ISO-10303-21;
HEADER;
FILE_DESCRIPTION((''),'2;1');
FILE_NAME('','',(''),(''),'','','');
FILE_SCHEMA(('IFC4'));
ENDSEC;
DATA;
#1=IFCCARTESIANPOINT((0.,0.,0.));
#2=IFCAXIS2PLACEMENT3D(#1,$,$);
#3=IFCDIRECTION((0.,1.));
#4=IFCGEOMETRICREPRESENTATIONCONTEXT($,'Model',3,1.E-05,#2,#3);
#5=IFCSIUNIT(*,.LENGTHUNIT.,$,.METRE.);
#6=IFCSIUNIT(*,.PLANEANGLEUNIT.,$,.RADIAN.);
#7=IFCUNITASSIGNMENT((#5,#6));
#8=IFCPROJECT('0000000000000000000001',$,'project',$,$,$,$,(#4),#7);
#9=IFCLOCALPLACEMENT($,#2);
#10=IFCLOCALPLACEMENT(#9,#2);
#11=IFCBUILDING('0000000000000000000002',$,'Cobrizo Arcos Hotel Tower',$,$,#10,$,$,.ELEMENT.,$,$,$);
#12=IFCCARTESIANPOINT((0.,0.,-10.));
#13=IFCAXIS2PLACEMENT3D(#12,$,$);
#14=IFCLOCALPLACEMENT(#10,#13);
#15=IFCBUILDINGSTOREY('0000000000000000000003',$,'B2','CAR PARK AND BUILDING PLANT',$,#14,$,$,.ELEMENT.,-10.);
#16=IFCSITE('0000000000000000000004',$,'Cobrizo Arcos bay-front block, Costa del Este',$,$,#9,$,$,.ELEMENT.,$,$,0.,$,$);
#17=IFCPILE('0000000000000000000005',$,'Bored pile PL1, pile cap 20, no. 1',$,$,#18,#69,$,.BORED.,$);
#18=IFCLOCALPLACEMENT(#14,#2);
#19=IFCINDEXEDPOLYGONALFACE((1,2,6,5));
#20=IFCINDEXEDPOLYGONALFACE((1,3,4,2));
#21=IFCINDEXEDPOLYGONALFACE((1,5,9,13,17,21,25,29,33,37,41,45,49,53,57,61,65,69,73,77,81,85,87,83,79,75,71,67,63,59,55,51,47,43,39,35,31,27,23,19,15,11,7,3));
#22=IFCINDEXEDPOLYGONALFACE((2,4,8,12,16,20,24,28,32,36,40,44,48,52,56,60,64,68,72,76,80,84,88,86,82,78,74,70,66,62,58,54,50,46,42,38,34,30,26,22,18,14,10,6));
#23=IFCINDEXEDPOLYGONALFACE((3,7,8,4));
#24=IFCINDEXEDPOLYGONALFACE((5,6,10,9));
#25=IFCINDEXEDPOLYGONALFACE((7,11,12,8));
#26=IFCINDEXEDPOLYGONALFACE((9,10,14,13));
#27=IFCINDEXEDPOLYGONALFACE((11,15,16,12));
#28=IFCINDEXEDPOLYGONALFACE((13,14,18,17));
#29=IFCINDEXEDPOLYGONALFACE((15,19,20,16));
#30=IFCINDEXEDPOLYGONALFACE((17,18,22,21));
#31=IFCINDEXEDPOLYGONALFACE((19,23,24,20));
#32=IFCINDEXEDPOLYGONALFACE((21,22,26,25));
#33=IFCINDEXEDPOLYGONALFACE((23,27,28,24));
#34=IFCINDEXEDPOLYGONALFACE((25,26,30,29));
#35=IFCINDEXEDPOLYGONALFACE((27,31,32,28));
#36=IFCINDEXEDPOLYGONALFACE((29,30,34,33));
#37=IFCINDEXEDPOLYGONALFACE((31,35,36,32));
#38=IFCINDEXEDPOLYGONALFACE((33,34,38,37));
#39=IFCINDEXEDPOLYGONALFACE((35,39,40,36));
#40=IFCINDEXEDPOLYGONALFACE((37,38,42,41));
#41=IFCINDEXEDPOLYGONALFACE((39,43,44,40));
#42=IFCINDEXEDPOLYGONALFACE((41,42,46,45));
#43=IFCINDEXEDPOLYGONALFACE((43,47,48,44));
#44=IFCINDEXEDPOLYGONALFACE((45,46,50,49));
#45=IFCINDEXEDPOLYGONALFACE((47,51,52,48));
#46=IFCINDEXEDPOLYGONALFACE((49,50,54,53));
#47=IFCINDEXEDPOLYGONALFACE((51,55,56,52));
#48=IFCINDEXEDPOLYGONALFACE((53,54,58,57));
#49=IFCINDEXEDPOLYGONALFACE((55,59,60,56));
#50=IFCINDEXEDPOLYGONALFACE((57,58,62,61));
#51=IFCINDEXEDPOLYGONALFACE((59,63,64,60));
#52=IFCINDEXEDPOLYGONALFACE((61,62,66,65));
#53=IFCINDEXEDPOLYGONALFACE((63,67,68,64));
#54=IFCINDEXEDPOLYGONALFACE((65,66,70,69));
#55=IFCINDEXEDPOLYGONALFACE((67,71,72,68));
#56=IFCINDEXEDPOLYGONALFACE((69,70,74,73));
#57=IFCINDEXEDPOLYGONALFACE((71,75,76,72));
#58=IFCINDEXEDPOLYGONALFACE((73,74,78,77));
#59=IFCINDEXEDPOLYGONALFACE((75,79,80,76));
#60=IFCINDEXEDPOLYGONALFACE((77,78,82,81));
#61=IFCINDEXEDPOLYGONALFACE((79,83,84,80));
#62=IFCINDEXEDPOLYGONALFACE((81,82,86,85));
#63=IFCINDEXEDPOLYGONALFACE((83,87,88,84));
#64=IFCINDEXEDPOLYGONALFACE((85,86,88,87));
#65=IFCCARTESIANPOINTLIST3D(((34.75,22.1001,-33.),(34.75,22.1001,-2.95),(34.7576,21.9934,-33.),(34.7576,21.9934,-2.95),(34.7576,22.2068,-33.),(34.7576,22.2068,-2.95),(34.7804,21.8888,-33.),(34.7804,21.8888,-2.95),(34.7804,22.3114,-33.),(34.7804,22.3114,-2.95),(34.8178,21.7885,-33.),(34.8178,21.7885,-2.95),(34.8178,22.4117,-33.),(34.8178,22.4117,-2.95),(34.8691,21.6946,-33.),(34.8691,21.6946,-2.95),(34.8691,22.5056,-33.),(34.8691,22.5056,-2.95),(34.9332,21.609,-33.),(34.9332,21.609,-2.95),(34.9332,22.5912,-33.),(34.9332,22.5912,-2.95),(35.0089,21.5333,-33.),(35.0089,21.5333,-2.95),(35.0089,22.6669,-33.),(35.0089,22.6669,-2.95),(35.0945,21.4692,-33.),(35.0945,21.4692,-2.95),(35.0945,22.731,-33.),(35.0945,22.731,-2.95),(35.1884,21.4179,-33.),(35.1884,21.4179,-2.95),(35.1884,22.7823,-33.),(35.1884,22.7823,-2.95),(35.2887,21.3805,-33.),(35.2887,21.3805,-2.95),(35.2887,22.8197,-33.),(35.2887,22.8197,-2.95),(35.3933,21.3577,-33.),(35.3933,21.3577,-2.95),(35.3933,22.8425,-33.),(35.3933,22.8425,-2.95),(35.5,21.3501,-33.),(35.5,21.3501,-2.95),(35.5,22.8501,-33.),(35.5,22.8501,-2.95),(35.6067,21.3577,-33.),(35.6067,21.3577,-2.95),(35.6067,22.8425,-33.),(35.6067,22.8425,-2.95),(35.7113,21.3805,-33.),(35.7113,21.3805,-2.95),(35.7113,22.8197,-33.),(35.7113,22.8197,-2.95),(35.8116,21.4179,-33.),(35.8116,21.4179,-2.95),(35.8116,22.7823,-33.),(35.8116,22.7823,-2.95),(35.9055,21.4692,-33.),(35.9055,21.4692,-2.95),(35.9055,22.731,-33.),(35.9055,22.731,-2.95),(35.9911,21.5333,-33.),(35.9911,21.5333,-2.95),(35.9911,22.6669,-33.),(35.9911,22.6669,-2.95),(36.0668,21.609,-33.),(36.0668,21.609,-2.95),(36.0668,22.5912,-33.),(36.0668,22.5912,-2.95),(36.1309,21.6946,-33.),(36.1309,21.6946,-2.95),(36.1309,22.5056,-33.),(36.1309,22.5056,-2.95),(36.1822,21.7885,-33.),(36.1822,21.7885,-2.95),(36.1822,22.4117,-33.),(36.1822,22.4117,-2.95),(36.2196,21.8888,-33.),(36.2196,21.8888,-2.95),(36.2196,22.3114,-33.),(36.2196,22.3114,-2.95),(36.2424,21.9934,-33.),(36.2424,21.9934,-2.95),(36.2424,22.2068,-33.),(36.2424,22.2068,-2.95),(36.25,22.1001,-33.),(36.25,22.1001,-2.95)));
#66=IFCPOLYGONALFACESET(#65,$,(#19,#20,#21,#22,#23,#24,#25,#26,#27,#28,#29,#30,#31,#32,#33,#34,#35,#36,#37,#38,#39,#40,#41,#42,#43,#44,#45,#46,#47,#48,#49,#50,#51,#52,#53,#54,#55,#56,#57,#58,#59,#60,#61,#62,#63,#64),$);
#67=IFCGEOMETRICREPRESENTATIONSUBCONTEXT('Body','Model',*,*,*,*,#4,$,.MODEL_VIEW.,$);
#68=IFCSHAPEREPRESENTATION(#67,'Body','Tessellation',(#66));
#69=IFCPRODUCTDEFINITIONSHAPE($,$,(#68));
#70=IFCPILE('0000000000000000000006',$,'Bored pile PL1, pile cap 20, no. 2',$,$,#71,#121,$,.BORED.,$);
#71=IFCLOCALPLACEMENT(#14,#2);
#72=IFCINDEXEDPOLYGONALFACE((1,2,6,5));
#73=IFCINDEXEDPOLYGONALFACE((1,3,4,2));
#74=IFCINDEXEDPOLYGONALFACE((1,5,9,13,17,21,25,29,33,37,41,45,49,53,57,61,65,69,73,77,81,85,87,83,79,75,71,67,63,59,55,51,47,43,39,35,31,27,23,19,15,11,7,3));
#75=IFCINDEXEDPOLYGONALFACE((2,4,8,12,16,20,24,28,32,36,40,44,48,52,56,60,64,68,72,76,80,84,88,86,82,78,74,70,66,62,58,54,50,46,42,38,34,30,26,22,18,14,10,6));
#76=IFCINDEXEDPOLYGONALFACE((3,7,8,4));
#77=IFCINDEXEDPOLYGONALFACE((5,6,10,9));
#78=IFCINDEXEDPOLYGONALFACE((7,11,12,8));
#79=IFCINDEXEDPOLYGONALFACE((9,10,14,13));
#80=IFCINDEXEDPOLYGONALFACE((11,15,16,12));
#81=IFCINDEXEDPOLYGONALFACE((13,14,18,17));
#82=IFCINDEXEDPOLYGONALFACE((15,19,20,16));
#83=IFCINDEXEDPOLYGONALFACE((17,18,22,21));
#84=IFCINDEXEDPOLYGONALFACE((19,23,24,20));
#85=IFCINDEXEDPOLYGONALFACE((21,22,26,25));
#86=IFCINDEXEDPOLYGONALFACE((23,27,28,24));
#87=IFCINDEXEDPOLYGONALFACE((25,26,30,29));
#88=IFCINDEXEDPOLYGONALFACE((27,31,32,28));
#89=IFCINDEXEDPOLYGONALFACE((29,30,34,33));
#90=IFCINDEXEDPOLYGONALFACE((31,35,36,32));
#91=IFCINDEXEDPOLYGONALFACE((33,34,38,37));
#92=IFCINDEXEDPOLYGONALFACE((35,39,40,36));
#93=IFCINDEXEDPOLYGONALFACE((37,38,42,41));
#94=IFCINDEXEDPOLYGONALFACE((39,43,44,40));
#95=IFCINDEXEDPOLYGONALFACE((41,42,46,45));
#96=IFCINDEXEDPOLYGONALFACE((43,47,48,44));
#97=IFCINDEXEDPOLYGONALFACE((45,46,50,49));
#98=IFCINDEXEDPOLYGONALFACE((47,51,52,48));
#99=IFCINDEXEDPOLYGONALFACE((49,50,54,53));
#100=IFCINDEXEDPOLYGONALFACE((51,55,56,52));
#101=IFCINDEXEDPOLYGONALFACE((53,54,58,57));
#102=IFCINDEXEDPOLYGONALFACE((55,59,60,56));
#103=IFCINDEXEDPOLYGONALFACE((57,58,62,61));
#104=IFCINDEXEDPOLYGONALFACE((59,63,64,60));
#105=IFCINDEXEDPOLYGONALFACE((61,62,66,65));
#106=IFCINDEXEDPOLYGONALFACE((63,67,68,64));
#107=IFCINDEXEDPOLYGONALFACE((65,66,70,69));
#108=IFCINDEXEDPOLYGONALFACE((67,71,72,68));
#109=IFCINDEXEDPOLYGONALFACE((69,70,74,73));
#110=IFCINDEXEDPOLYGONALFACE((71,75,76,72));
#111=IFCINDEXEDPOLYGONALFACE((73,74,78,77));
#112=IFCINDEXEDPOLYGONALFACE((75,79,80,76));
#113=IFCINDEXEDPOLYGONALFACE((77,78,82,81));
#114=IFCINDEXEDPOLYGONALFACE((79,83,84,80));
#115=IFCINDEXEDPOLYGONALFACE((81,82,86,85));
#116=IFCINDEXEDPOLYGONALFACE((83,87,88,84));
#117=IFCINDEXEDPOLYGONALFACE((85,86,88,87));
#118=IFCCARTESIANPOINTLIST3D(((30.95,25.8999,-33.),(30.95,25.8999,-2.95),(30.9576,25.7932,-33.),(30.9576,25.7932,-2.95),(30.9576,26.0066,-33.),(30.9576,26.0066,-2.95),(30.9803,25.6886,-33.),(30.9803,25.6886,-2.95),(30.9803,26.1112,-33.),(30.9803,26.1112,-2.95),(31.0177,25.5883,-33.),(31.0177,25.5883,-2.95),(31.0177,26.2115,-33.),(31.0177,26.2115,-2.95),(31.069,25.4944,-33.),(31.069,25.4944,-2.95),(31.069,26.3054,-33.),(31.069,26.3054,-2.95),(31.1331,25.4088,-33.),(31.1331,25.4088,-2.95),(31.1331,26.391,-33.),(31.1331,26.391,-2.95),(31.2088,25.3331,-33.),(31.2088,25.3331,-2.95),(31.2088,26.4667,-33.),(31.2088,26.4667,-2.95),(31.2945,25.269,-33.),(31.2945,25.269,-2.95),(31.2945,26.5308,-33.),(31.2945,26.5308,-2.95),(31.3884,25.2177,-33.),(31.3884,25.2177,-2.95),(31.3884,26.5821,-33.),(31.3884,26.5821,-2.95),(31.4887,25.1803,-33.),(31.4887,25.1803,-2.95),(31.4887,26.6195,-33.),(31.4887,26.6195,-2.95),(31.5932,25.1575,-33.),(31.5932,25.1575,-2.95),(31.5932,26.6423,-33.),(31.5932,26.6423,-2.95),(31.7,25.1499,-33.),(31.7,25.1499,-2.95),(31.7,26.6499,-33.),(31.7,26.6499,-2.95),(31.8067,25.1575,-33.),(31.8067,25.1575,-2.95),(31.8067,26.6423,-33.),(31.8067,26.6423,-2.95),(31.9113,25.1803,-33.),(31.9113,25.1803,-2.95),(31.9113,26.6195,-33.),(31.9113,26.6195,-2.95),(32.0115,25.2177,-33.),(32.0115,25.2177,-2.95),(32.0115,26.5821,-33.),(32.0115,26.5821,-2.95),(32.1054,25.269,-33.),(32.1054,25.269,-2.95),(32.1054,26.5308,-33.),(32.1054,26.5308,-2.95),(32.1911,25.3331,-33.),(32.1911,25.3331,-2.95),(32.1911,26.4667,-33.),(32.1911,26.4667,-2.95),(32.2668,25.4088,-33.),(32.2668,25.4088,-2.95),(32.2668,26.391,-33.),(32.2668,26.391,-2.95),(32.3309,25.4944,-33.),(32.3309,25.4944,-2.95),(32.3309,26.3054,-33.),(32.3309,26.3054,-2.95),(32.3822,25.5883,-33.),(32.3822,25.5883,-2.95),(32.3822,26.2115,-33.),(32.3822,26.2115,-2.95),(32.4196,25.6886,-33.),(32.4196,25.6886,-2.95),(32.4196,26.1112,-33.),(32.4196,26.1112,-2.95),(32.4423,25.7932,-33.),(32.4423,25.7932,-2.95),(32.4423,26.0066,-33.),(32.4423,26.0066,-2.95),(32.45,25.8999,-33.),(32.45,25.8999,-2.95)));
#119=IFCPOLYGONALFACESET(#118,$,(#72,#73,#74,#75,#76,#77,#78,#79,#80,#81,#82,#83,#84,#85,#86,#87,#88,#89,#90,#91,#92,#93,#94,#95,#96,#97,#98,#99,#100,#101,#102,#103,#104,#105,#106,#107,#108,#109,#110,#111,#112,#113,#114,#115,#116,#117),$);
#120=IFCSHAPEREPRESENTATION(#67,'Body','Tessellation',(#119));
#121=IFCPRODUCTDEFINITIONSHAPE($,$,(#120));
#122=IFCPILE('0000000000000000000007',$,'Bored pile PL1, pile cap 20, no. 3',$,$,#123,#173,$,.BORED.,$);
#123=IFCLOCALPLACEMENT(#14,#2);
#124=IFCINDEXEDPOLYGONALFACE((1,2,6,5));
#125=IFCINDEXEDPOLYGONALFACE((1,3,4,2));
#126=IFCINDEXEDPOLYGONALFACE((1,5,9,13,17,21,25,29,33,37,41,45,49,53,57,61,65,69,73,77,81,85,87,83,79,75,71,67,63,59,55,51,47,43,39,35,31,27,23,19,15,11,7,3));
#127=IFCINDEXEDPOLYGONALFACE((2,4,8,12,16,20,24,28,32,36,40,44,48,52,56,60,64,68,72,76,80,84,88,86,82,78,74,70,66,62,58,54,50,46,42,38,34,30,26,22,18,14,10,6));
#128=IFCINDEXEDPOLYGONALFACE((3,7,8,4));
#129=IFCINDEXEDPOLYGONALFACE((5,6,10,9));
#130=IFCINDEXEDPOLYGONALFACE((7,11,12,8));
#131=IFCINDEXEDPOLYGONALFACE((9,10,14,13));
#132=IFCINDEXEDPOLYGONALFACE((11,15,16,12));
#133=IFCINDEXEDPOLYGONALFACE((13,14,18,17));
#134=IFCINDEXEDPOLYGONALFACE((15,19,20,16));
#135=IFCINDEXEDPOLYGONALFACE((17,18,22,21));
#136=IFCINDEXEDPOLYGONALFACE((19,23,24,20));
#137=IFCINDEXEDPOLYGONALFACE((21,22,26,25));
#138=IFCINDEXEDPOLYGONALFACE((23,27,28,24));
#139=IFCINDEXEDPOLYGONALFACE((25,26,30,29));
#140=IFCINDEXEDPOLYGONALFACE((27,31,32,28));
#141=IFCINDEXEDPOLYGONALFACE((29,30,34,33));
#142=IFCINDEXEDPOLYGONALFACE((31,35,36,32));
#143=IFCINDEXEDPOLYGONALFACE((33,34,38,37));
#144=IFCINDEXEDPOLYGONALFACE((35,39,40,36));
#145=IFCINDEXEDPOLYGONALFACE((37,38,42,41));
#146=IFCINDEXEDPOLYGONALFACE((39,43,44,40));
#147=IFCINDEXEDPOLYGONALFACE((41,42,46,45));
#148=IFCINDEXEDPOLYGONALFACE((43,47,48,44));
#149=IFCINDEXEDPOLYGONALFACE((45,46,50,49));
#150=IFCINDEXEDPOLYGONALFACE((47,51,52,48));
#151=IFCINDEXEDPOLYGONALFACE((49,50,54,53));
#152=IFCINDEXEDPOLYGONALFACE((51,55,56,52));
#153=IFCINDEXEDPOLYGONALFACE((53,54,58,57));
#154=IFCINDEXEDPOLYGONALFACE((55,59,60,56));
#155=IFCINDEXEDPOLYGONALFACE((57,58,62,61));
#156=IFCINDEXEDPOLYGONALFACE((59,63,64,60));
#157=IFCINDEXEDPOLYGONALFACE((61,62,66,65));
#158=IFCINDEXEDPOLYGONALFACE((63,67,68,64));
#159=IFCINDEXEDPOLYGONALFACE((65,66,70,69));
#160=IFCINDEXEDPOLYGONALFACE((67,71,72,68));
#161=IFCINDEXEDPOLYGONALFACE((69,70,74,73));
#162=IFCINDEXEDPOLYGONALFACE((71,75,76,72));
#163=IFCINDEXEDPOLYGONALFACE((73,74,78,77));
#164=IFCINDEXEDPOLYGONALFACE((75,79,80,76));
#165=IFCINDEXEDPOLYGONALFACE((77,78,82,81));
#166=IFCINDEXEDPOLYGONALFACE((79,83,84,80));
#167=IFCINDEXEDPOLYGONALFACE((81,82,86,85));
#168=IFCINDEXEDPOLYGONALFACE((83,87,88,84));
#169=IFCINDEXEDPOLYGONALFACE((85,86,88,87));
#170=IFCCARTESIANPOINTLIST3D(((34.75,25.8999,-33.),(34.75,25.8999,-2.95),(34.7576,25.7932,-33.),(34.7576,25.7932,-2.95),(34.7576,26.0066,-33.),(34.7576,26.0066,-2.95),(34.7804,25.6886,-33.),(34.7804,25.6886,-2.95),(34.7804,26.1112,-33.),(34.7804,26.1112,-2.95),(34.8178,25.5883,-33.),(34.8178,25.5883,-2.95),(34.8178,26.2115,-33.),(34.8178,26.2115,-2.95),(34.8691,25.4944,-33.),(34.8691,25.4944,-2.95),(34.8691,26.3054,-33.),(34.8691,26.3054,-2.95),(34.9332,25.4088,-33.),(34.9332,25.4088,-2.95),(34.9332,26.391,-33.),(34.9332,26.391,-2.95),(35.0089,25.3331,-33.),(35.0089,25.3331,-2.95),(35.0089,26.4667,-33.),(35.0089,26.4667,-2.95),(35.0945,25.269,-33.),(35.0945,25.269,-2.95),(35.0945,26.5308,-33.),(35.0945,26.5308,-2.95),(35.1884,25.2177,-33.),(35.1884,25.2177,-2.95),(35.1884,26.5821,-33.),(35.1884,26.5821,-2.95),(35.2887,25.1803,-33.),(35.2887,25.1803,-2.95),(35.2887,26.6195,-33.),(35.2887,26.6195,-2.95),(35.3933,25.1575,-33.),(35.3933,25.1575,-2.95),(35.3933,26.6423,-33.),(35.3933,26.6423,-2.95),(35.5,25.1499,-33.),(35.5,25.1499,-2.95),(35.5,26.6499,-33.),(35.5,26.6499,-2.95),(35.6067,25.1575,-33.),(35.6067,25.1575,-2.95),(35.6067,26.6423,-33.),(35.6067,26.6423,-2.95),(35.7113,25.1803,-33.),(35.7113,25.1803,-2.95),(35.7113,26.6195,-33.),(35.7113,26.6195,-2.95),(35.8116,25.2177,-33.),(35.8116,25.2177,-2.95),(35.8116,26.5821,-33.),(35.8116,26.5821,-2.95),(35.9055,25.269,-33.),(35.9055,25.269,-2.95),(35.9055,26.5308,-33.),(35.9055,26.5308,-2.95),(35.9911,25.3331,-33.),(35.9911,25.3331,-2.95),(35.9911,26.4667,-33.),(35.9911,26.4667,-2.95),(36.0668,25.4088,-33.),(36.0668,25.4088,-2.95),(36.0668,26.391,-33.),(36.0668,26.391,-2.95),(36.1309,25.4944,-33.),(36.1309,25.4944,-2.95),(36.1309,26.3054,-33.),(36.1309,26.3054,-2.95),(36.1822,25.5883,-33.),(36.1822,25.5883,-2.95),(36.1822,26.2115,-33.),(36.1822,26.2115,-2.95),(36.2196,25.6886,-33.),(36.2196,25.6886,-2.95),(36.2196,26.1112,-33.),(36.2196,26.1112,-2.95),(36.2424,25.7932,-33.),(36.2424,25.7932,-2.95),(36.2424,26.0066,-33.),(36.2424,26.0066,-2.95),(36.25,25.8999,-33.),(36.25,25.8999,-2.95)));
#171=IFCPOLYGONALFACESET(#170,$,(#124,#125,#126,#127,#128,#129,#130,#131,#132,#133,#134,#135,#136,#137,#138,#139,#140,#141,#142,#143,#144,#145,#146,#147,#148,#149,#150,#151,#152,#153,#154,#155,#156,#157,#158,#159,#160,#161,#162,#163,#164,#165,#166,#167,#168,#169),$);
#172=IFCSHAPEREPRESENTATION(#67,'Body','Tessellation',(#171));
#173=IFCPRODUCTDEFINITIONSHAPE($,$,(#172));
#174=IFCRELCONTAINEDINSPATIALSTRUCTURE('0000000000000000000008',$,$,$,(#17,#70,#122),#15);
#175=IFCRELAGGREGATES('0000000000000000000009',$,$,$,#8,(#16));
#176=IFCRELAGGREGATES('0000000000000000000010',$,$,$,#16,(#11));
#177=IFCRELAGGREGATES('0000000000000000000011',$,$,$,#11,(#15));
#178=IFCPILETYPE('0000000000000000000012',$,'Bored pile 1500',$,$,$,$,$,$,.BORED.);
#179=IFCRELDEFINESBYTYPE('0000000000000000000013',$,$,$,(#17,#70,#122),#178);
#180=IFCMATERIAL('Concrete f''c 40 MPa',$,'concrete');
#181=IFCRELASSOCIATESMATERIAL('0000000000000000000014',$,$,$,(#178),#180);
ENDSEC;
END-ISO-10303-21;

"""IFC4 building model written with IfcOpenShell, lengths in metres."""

from ifc_helpers import new_model, si_unit, direction, frame, origin, origin_2d, place, context, subcontext, project, spatial, circle, extrude, material, material_profile, profile_set, type_object, element, save


model = new_model("IFC4")

# Units and contexts
model_context = context("Model", 3, precision=1e-05, world=origin(), true_north=direction((0.0, 1.0)))
body_context = subcontext(model_context, "Body", "Model", "MODEL_VIEW")
ifc_project = project(units=[si_unit("LENGTHUNIT", "METRE"), si_unit("PLANEANGLEUNIT", "RADIAN")], contexts=[model_context])

# Site, building, storey
site_placement = place(None, origin())
site = spatial("IfcSite", under=ifc_project, at=site_placement, Name="Cobrizo Arcos bay-front block, Costa del Este", CompositionType="ELEMENT", RefElevation=0.0)
building_placement = place(site_placement, origin())
building = spatial("IfcBuilding", under=site, at=building_placement, Name="Cobrizo Arcos Hotel Tower", CompositionType="ELEMENT")
storey_placement = place(building_placement, frame((0.0, 0.0, -10.0)))
storey = spatial("IfcBuildingStorey", under=building, at=storey_placement, Name="B2", Description="CAR PARK AND BUILDING PLANT", CompositionType="ELEMENT", Elevation=-10.0)

# Piles
ifc_material_1 = material(Name="Concrete f'c 40 MPa", Category="concrete")
ifc_material_profile_1 = material_profile(ifc_material_1, circle(Radius=0.75, at=origin_2d()), Name="BORED PILE 1500")
ifc_profile_set_1 = profile_set([ifc_material_profile_1], Name="Concrete f'c 40 MPa")
pile_type = type_object("IfcPileType", Name="Bored pile 1500", PredefinedType="BORED", material=ifc_profile_set_1)
for number, where, z_axis, x_axis, name in (
    (1, (35.5, 22.1001, -2.95), (0.0, 0.0, -1.0), (1.0, 0.0, 0.0), "Bored pile PL1, pile cap 20, no. 1"),
    (2, (31.7, 25.8999, -2.95), (0.0, 0.0, -1.0), (1.0, 0.0, 0.0), "Bored pile PL1, pile cap 20, no. 2"),
    (3, (35.5, 25.8999, -2.95), (0.0, 0.0, -1.0), (1.0, 0.0, 0.0), "Bored pile PL1, pile cap 20, no. 3"),
):
    element("IfcPile", number, at=place(storey_placement, frame(where, z_axis=z_axis, x_axis=x_axis)), inside=storey, type_object=pile_type, Name=name, PredefinedType="BORED", context=body_context, shape_type="SweptSolid", body=[
        extrude(circle(Radius=0.75, at=origin_2d()), origin(), (0.0, 0.0, 1.0), 30.05),
    ])

save(model, "model.ifc")
